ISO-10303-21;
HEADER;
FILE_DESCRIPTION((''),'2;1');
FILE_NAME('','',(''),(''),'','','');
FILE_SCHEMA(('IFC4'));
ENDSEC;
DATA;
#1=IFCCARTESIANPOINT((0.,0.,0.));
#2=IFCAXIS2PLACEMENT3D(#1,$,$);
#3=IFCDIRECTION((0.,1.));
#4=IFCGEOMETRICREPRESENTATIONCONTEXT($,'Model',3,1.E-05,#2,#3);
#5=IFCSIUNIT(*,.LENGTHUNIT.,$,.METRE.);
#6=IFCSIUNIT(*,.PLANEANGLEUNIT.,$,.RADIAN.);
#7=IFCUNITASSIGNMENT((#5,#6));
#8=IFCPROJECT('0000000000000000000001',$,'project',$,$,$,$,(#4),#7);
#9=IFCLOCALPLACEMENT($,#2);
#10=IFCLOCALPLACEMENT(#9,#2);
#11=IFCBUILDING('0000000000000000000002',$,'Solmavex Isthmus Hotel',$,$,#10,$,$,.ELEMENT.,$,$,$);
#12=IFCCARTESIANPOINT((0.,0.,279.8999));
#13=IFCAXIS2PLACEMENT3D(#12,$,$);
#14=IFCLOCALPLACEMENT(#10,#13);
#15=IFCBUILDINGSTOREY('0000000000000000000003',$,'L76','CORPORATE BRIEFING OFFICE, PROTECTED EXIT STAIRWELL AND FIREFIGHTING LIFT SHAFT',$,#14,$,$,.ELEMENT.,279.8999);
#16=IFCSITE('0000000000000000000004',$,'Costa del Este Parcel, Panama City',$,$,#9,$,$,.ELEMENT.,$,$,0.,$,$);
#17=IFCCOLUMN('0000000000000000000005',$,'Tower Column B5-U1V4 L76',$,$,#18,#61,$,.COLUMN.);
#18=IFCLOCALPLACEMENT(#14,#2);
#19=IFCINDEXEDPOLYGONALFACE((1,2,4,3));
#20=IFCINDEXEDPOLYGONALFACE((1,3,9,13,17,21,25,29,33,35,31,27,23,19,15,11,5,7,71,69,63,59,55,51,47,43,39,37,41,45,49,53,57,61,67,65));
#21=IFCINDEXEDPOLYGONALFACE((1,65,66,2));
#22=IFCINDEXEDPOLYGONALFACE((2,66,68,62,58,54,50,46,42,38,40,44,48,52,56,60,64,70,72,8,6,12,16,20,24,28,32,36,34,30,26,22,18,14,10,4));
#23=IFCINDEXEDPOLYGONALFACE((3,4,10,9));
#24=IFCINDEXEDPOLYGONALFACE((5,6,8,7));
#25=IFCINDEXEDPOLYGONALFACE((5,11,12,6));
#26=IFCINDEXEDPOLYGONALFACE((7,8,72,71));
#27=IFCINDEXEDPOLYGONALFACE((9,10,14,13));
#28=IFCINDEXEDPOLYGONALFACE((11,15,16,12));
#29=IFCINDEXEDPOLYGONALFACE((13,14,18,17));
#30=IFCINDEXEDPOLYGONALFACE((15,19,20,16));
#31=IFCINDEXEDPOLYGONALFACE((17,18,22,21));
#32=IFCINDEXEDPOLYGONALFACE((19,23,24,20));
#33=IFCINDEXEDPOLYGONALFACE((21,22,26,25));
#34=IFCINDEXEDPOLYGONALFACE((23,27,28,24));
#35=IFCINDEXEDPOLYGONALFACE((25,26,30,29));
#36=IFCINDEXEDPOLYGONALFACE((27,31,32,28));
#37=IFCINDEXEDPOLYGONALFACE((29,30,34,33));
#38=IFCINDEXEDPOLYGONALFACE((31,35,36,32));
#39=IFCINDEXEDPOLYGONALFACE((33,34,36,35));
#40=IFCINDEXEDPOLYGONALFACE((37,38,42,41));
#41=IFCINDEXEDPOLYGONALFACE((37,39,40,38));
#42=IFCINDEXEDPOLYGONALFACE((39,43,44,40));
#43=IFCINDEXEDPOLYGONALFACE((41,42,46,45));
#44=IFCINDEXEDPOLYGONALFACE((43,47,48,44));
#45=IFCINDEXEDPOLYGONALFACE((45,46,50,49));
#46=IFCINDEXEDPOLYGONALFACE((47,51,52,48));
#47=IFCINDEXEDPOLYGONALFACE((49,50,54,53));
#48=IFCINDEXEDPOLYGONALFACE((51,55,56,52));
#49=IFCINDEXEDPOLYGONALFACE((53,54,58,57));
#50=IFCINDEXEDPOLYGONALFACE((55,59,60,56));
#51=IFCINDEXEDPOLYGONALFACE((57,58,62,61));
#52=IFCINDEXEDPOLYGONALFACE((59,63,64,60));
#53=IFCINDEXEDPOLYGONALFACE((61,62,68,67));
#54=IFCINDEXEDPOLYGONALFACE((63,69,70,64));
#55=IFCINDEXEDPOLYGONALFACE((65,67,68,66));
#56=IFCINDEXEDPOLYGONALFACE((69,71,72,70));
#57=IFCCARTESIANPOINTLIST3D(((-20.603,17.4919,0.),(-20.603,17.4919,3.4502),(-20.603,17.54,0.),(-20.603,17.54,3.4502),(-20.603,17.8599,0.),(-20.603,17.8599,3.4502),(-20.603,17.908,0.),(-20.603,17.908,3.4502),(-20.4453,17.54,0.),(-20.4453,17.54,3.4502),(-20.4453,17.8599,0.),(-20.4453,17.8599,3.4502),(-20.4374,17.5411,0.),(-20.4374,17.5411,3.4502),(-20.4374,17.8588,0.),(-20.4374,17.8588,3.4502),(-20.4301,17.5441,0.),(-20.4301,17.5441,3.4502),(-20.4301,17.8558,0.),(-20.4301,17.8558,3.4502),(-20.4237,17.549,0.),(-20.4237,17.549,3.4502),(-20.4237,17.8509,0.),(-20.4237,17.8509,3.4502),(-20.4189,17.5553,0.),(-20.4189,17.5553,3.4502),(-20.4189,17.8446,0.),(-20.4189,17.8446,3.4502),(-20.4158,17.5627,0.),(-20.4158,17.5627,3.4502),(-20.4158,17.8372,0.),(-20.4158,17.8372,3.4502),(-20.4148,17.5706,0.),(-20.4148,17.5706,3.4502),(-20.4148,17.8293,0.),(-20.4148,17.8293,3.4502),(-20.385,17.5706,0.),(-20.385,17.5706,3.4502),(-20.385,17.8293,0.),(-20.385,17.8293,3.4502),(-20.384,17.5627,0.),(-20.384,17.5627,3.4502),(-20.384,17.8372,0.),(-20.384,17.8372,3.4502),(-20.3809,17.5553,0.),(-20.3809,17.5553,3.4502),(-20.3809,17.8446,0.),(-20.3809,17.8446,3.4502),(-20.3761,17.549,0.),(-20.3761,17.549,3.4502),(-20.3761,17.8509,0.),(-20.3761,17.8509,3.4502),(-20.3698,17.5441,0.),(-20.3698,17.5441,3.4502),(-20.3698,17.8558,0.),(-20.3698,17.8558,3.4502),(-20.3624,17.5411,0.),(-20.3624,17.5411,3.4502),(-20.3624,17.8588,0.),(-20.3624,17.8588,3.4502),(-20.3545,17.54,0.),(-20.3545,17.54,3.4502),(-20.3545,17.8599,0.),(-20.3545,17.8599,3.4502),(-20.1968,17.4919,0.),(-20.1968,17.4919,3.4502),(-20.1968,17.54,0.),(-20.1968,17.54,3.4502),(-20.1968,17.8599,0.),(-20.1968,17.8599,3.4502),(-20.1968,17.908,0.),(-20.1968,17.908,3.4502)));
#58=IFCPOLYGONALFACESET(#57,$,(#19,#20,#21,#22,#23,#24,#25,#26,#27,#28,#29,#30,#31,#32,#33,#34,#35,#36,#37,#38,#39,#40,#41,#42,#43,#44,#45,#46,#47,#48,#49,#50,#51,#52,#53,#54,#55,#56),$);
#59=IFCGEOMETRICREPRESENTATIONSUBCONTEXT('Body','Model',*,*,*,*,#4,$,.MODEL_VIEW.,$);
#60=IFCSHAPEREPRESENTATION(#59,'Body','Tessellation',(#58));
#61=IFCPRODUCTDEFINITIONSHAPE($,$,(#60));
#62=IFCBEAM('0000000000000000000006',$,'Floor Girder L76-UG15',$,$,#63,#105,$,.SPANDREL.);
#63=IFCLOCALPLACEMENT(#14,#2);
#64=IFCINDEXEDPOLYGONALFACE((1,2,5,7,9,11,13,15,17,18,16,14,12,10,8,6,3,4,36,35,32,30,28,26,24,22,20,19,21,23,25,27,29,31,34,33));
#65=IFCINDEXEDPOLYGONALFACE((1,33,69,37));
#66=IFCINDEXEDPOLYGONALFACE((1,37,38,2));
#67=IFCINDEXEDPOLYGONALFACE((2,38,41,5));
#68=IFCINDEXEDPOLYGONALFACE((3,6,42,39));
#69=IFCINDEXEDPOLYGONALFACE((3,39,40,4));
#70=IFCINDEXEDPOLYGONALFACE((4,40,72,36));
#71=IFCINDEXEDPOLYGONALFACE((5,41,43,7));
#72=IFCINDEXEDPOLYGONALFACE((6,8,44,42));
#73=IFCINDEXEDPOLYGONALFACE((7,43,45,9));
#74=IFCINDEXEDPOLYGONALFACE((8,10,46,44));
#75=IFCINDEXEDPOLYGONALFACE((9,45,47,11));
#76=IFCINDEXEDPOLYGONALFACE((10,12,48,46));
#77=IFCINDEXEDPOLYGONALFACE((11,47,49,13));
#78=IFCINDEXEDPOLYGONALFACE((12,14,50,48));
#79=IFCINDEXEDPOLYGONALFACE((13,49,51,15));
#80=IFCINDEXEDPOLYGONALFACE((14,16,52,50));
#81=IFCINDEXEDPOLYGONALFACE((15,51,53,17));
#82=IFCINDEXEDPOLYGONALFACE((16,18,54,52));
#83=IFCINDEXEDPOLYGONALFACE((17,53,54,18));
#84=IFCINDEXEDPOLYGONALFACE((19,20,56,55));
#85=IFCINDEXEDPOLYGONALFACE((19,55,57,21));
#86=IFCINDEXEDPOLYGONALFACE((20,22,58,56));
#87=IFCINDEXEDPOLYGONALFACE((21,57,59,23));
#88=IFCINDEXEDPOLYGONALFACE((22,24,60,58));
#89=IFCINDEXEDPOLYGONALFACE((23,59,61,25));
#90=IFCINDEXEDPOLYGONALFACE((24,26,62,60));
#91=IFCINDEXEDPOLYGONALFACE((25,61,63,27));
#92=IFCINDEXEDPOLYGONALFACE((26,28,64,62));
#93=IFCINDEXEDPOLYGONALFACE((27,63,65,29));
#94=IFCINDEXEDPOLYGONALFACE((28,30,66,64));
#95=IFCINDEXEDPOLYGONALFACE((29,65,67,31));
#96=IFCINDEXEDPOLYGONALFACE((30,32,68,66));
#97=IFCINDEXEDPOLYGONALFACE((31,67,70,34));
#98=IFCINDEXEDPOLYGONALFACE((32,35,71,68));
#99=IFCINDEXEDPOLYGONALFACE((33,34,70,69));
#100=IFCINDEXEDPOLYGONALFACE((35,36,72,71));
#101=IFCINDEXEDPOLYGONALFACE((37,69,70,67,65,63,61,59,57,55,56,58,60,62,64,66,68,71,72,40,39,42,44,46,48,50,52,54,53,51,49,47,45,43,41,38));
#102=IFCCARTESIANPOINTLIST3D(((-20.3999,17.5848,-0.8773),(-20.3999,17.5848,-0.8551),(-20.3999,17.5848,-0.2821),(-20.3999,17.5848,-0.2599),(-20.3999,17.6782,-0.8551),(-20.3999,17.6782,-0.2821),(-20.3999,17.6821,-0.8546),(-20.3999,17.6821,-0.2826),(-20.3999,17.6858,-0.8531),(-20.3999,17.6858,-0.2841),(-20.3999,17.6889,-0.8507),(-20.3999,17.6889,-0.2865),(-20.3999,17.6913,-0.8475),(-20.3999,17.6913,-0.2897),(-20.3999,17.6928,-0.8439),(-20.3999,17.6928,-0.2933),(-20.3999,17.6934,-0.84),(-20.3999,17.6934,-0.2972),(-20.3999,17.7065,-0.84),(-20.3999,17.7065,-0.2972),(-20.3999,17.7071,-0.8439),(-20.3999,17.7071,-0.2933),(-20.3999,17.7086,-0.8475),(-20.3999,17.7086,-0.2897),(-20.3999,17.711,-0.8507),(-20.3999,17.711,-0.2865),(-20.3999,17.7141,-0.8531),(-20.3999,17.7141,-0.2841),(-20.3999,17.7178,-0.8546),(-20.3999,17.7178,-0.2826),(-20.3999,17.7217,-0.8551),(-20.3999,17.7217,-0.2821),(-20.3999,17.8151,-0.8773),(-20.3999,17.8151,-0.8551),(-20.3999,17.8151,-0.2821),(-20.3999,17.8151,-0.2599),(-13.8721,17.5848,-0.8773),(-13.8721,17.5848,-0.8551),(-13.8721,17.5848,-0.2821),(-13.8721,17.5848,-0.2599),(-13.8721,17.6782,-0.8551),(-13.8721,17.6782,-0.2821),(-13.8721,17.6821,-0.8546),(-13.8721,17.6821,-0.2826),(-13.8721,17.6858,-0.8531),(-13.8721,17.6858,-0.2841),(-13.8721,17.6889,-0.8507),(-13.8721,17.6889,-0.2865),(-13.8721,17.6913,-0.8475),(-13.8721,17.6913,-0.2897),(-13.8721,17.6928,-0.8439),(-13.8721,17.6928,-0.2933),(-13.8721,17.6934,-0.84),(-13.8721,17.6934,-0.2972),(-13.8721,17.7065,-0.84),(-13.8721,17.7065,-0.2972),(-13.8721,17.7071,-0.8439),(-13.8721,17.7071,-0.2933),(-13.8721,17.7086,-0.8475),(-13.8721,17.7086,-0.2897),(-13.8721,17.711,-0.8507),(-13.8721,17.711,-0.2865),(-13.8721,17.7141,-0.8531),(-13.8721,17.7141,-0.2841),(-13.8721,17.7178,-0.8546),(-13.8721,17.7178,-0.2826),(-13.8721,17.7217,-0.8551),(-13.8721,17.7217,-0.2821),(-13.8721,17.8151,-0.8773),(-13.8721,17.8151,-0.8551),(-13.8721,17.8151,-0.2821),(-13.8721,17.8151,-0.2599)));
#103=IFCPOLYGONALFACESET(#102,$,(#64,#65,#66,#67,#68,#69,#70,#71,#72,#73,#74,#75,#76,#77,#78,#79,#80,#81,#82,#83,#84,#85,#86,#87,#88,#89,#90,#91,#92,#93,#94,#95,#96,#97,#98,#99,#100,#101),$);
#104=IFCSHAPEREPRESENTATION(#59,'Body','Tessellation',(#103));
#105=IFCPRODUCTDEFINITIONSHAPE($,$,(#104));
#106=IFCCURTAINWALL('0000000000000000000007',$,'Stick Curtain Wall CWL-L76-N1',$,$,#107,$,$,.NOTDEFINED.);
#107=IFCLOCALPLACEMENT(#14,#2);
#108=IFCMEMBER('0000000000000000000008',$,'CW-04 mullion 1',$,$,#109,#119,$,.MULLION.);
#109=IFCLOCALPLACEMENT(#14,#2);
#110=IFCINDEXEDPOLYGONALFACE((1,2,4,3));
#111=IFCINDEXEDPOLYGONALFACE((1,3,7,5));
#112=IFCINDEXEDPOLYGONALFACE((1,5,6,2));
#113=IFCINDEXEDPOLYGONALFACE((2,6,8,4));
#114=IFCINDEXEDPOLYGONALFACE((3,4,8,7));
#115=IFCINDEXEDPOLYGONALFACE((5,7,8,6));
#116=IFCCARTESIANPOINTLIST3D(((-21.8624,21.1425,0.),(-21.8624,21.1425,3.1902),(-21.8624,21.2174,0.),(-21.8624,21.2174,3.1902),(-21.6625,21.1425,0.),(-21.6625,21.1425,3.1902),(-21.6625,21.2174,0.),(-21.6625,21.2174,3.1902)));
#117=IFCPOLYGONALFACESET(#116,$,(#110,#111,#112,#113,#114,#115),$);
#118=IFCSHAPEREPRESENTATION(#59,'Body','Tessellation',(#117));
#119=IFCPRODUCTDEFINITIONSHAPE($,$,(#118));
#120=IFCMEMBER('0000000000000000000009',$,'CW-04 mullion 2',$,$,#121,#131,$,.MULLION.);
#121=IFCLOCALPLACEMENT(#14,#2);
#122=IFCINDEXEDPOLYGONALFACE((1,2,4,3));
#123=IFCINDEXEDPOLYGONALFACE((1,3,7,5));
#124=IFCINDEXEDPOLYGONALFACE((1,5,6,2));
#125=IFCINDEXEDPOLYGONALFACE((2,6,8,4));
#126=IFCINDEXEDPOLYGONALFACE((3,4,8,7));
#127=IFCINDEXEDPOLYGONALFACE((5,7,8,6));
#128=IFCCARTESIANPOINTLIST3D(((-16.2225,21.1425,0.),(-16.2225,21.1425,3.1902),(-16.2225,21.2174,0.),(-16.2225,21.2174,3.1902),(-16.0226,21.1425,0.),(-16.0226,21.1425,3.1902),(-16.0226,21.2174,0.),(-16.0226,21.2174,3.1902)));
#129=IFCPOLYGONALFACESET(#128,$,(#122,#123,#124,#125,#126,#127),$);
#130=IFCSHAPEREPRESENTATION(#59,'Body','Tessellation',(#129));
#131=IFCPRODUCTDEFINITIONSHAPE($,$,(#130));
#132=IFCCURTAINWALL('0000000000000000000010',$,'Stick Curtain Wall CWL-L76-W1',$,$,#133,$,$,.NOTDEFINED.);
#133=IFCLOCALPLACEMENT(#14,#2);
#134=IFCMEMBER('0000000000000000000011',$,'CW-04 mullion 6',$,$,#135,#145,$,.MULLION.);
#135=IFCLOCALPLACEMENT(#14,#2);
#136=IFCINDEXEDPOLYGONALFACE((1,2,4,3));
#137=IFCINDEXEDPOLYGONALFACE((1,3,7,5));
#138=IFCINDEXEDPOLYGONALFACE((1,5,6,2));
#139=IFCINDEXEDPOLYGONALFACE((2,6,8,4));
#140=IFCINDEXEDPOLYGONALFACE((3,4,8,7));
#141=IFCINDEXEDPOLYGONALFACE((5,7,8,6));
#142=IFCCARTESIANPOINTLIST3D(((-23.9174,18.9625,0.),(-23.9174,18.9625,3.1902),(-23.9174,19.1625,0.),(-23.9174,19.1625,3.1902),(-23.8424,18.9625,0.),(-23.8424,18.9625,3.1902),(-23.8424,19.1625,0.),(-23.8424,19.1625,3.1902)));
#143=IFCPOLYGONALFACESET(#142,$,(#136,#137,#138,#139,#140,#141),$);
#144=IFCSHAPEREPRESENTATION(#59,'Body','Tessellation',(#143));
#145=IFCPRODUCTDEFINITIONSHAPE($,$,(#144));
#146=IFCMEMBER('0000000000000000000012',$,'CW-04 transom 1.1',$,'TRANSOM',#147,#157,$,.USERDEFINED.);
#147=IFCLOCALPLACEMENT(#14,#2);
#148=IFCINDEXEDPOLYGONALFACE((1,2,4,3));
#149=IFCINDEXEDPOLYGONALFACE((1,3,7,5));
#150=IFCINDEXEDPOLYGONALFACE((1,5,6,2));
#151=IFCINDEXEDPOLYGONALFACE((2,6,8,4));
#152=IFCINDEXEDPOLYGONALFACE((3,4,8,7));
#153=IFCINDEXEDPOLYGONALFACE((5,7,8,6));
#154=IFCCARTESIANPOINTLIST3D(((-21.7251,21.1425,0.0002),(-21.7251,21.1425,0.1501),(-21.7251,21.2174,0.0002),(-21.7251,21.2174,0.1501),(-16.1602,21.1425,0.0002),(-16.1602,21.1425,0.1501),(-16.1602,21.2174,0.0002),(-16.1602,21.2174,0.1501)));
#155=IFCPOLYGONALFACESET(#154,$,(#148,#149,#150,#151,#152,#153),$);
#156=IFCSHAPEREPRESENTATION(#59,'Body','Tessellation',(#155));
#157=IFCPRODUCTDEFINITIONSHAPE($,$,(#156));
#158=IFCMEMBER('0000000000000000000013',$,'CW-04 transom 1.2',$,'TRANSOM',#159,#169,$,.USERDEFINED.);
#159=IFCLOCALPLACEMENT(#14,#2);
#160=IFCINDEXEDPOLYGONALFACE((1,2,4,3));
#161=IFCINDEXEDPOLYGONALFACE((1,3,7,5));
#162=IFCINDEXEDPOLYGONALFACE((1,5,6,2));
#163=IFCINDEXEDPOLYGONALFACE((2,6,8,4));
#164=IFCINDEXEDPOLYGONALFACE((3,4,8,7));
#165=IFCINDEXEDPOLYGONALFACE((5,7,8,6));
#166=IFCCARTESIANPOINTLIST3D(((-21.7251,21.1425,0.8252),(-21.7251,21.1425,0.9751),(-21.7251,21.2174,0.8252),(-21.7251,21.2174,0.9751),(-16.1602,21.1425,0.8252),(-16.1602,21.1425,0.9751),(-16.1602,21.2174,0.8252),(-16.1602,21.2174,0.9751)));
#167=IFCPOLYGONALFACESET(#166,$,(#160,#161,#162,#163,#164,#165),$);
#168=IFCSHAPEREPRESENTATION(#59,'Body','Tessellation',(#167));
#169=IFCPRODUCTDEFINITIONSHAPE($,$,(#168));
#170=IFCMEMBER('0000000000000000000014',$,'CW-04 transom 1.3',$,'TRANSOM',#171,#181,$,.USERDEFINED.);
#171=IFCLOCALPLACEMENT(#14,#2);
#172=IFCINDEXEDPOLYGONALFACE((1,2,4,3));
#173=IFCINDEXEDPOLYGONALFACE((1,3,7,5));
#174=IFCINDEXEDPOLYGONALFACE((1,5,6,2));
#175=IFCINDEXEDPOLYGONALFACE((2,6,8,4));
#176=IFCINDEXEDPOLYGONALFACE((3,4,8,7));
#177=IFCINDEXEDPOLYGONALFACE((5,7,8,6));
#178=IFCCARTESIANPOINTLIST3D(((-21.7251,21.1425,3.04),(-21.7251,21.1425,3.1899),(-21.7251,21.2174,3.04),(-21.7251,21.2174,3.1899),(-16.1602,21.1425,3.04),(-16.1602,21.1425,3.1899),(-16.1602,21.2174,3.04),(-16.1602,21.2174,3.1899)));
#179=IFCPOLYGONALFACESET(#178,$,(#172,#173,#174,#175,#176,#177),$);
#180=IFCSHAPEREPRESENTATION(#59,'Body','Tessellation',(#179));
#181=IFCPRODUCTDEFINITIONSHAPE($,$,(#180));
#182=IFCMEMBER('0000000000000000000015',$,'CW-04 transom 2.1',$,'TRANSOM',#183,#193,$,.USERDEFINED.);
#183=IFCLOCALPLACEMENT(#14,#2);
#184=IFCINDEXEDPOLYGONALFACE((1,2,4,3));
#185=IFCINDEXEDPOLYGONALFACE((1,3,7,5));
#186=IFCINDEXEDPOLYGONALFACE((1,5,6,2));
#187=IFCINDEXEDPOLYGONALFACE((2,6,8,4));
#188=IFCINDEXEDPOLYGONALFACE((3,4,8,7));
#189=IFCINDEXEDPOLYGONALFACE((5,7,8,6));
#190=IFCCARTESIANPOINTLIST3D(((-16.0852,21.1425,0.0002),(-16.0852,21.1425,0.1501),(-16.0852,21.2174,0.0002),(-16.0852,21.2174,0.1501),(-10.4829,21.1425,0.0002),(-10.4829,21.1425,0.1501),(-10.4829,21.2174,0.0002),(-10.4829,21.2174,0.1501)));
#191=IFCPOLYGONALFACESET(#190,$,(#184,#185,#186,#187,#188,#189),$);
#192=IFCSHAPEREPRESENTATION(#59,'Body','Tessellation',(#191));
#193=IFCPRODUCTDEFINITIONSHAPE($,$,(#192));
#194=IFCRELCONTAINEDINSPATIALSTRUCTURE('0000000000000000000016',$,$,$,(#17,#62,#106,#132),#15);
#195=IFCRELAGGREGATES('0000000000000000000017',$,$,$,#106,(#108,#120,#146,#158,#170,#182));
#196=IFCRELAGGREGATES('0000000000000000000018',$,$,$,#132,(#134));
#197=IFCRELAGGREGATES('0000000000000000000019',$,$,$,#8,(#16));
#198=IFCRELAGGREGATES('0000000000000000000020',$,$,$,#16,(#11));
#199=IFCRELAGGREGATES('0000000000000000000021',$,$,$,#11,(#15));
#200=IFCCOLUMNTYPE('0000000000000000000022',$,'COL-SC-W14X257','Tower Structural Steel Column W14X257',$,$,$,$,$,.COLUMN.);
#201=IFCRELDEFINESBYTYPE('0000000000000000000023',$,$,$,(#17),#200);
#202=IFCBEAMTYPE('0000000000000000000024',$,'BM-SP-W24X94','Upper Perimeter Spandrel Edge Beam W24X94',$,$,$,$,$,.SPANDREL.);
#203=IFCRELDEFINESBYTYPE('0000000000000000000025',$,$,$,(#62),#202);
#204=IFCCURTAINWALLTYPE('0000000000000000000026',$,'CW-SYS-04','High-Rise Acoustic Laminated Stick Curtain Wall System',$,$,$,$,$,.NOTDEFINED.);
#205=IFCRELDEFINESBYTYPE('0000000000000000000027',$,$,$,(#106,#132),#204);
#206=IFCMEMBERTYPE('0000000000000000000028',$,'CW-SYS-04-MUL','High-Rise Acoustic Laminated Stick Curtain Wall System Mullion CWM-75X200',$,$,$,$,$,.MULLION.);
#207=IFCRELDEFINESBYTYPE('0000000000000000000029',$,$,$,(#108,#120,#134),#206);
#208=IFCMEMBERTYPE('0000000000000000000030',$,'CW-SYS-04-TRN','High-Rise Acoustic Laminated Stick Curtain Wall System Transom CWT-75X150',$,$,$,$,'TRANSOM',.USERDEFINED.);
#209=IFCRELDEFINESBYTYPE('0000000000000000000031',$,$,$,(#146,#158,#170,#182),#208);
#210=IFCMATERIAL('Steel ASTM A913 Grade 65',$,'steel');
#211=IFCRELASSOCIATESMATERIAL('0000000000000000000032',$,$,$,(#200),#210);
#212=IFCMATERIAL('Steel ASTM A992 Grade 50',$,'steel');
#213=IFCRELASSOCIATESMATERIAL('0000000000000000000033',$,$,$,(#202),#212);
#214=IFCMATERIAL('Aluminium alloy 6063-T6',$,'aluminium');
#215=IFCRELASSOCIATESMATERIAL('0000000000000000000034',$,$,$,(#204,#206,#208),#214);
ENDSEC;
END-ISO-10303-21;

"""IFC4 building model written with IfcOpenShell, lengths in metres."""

from ifc_helpers import new_model, si_unit, direction, frame, origin, origin_2d, place, context, subcontext, project, spatial, rectangle, i_section, extrude, material, material_profile, profile_set, type_object, element, aggregate, save


model = new_model("IFC4")

# Units and contexts
model_context = context("Model", 3, precision=1e-05, world=origin(), true_north=direction((0.0, 1.0)))
body_context = subcontext(model_context, "Body", "Model", "MODEL_VIEW")
ifc_project = project(units=[si_unit("LENGTHUNIT", "METRE"), si_unit("PLANEANGLEUNIT", "RADIAN")], contexts=[model_context])

# Site, building, storey
site_placement = place(None, origin())
site = spatial("IfcSite", under=ifc_project, at=site_placement, Name="Costa del Este Parcel, Panama City", CompositionType="ELEMENT", RefElevation=0.0)
building_placement = place(site_placement, origin())
building = spatial("IfcBuilding", under=site, at=building_placement, Name="Solmavex Isthmus Hotel", CompositionType="ELEMENT")
storey_placement = place(building_placement, frame((0.0, 0.0, 279.8999)))
storey = spatial("IfcBuildingStorey", under=building, at=storey_placement, Name="L76", Description="CORPORATE BRIEFING OFFICE, PROTECTED EXIT STAIRWELL AND FIREFIGHTING LIFT SHAFT", CompositionType="ELEMENT", Elevation=279.8999)

# Column
ifc_material_1 = material(Name="Steel ASTM A913 Grade 65", Category="steel")
ifc_material_profile_1 = material_profile(ifc_material_1, i_section(OverallWidth=0.4062, OverallDepth=0.416, WebThickness=0.0298, FlangeThickness=0.0481, FilletRadius=0.0305, at=origin_2d()), Name="W14X257")
ifc_profile_set_1 = profile_set([ifc_material_profile_1], Name="Steel ASTM A913 Grade 65")
column_type = type_object("IfcColumnType", Name="COL-SC-W14X257", Description="Tower Structural Steel Column W14X257", PredefinedType="COLUMN", material=ifc_profile_set_1)
column_placement = place(storey_placement, frame((-20.3999, 17.7, 0.0), z_axis=(0.0, 0.0, 1.0), x_axis=(1.0, 0.0, 0.0)))
element("IfcColumn", 1, at=column_placement, inside=storey, type_object=column_type, Name="Tower Column B5-U1V4 L76", PredefinedType="COLUMN", context=body_context, shape_type="SweptSolid", body=[
    extrude(i_section(OverallWidth=0.4062, OverallDepth=0.416, WebThickness=0.0298, FlangeThickness=0.0481, FilletRadius=0.0305, at=origin_2d()), origin(), (0.0, 0.0, 1.0), 3.4502),
])

# Beam
ifc_material_2 = material(Name="Steel ASTM A992 Grade 50", Category="steel")
ifc_material_profile_2 = material_profile(ifc_material_2, i_section(OverallWidth=0.2302, OverallDepth=0.6174, WebThickness=0.0132, FlangeThickness=0.0222, FilletRadius=0.0151, at=origin_2d()), Name="W24X94")
ifc_profile_set_2 = profile_set([ifc_material_profile_2], Name="Steel ASTM A992 Grade 50")
beam_type = type_object("IfcBeamType", Name="BM-SP-W24X94", Description="Upper Perimeter Spandrel Edge Beam W24X94", PredefinedType="SPANDREL", material=ifc_profile_set_2)
beam_placement = place(storey_placement, frame((-20.3999, 17.7, -0.5686), z_axis=(1.0, 0.0, 0.0), x_axis=(0.0, 1.0, 0.0)))
element("IfcBeam", 2, at=beam_placement, inside=storey, type_object=beam_type, Name="Floor Girder L76-UG15", PredefinedType="SPANDREL", context=body_context, shape_type="SweptSolid", body=[
    extrude(i_section(OverallWidth=0.2302, OverallDepth=0.6174, WebThickness=0.0132, FlangeThickness=0.0222, FilletRadius=0.0151, at=origin_2d()), origin(), (0.0, 0.0, 1.0), 6.5278),
])

# Curtain wall, members
ifc_material_3 = material(Name="Aluminium alloy 6063-T6", Category="aluminium")
curtain_wall_type = type_object("IfcCurtainWallType", Name="CW-SYS-04", Description="High-Rise Acoustic Laminated Stick Curtain Wall System", PredefinedType="NOTDEFINED", material=ifc_material_3)
curtain_wall_1_placement = place(storey_placement, origin())
curtain_wall_1 = element("IfcCurtainWall", 3, at=curtain_wall_1_placement, inside=storey, type_object=curtain_wall_type, Name="Stick Curtain Wall CWL-L76-N1", PredefinedType="NOTDEFINED")
ifc_material_profile_3 = material_profile(ifc_material_3, rectangle(XDim=0.075, YDim=0.2, at=origin_2d()), Name="CWM-75X200")
ifc_profile_set_3 = profile_set([ifc_material_profile_3], Name="Aluminium alloy 6063-T6")
member_type_1 = type_object("IfcMemberType", Name="CW-SYS-04-MUL", Description="High-Rise Acoustic Laminated Stick Curtain Wall System Mullion CWM-75X200", PredefinedType="MULLION", material=ifc_profile_set_3)
member_1_placement = place(storey_placement, frame((-21.7625, 21.1799, 0.0), z_axis=(0.0, 0.0, 1.0), x_axis=(0.0, 1.0, 0.0)))
member_1 = element("IfcMember", 4, at=member_1_placement, type_object=member_type_1, Name="CW-04 mullion 1", PredefinedType="MULLION", context=body_context, shape_type="SweptSolid", body=[
    extrude(rectangle(XDim=0.075, YDim=0.2, at=origin_2d()), origin(), (0.0, 0.0, 1.0), 3.1902),
])
member_2_placement = place(storey_placement, frame((-16.1226, 21.1799, 0.0), z_axis=(0.0, 0.0, 1.0), x_axis=(0.0, 1.0, 0.0)))
member_2 = element("IfcMember", 5, at=member_2_placement, type_object=member_type_1, Name="CW-04 mullion 2", PredefinedType="MULLION", context=body_context, shape_type="SweptSolid", body=[
    extrude(rectangle(XDim=0.075, YDim=0.2, at=origin_2d()), origin(), (0.0, 0.0, 1.0), 3.1902),
])

# Curtain wall, member
curtain_wall_2_placement = place(storey_placement, origin())
curtain_wall_2 = element("IfcCurtainWall", 6, at=curtain_wall_2_placement, inside=storey, type_object=curtain_wall_type, Name="Stick Curtain Wall CWL-L76-W1", PredefinedType="NOTDEFINED")
member_3_placement = place(storey_placement, frame((-23.8799, 19.0625, 0.0), z_axis=(0.0, 0.0, 1.0), x_axis=(-1.0, 0.0, 0.0)))
member_3 = element("IfcMember", 7, at=member_3_placement, type_object=member_type_1, Name="CW-04 mullion 6", PredefinedType="MULLION", context=body_context, shape_type="SweptSolid", body=[
    extrude(rectangle(XDim=0.075, YDim=0.2, at=origin_2d()), origin(), (0.0, 0.0, 1.0), 3.1902),
])

# Members
ifc_material_profile_4 = material_profile(ifc_material_3, rectangle(XDim=0.075, YDim=0.1499, at=origin_2d()), Name="CWT-75X150")
ifc_profile_set_4 = profile_set([ifc_material_profile_4], Name="Aluminium alloy 6063-T6")
member_type_2 = type_object("IfcMemberType", Name="CW-SYS-04-TRN", Description="High-Rise Acoustic Laminated Stick Curtain Wall System Transom CWT-75X150", ElementType="TRANSOM", PredefinedType="USERDEFINED", material=ifc_profile_set_4)
member_4_placement = place(storey_placement, frame((-21.7251, 21.1799, 0.0752), z_axis=(1.0, 0.0, 0.0), x_axis=(0.0, 1.0, 0.0)))
member_4 = element("IfcMember", 8, at=member_4_placement, type_object=member_type_2, Name="CW-04 transom 1.1", ObjectType="TRANSOM", PredefinedType="USERDEFINED", context=body_context, shape_type="SweptSolid", body=[
    extrude(rectangle(XDim=0.075, YDim=0.1499, at=origin_2d()), origin(), (0.0, 0.0, 1.0), 5.5649),
])
member_5_placement = place(storey_placement, frame((-21.7251, 21.1799, 0.9001), z_axis=(1.0, 0.0, 0.0), x_axis=(0.0, 1.0, 0.0)))
member_5 = element("IfcMember", 9, at=member_5_placement, type_object=member_type_2, Name="CW-04 transom 1.2", ObjectType="TRANSOM", PredefinedType="USERDEFINED", context=body_context, shape_type="SweptSolid", body=[
    extrude(rectangle(XDim=0.075, YDim=0.1499, at=origin_2d()), origin(), (0.0, 0.0, 1.0), 5.5649),
])
member_6_placement = place(storey_placement, frame((-21.7251, 21.1799, 3.115), z_axis=(1.0, 0.0, 0.0), x_axis=(0.0, 1.0, 0.0)))
member_6 = element("IfcMember", 10, at=member_6_placement, type_object=member_type_2, Name="CW-04 transom 1.3", ObjectType="TRANSOM", PredefinedType="USERDEFINED", context=body_context, shape_type="SweptSolid", body=[
    extrude(rectangle(XDim=0.075, YDim=0.1499, at=origin_2d()), origin(), (0.0, 0.0, 1.0), 5.5649),
])
member_7_placement = place(storey_placement, frame((-16.0852, 21.1799, 0.0752), z_axis=(1.0, 0.0, 0.0), x_axis=(0.0, 1.0, 0.0)))
member_7 = element("IfcMember", 11, at=member_7_placement, type_object=member_type_2, Name="CW-04 transom 2.1", ObjectType="TRANSOM", PredefinedType="USERDEFINED", context=body_context, shape_type="SweptSolid", body=[
    extrude(rectangle(XDim=0.075, YDim=0.1499, at=origin_2d()), origin(), (0.0, 0.0, 1.0), 5.6023),
])

aggregate(curtain_wall_1, [member_1, member_2, member_4, member_5, member_6, member_7])
aggregate(curtain_wall_2, [member_3])

save(model, "model.ifc")
